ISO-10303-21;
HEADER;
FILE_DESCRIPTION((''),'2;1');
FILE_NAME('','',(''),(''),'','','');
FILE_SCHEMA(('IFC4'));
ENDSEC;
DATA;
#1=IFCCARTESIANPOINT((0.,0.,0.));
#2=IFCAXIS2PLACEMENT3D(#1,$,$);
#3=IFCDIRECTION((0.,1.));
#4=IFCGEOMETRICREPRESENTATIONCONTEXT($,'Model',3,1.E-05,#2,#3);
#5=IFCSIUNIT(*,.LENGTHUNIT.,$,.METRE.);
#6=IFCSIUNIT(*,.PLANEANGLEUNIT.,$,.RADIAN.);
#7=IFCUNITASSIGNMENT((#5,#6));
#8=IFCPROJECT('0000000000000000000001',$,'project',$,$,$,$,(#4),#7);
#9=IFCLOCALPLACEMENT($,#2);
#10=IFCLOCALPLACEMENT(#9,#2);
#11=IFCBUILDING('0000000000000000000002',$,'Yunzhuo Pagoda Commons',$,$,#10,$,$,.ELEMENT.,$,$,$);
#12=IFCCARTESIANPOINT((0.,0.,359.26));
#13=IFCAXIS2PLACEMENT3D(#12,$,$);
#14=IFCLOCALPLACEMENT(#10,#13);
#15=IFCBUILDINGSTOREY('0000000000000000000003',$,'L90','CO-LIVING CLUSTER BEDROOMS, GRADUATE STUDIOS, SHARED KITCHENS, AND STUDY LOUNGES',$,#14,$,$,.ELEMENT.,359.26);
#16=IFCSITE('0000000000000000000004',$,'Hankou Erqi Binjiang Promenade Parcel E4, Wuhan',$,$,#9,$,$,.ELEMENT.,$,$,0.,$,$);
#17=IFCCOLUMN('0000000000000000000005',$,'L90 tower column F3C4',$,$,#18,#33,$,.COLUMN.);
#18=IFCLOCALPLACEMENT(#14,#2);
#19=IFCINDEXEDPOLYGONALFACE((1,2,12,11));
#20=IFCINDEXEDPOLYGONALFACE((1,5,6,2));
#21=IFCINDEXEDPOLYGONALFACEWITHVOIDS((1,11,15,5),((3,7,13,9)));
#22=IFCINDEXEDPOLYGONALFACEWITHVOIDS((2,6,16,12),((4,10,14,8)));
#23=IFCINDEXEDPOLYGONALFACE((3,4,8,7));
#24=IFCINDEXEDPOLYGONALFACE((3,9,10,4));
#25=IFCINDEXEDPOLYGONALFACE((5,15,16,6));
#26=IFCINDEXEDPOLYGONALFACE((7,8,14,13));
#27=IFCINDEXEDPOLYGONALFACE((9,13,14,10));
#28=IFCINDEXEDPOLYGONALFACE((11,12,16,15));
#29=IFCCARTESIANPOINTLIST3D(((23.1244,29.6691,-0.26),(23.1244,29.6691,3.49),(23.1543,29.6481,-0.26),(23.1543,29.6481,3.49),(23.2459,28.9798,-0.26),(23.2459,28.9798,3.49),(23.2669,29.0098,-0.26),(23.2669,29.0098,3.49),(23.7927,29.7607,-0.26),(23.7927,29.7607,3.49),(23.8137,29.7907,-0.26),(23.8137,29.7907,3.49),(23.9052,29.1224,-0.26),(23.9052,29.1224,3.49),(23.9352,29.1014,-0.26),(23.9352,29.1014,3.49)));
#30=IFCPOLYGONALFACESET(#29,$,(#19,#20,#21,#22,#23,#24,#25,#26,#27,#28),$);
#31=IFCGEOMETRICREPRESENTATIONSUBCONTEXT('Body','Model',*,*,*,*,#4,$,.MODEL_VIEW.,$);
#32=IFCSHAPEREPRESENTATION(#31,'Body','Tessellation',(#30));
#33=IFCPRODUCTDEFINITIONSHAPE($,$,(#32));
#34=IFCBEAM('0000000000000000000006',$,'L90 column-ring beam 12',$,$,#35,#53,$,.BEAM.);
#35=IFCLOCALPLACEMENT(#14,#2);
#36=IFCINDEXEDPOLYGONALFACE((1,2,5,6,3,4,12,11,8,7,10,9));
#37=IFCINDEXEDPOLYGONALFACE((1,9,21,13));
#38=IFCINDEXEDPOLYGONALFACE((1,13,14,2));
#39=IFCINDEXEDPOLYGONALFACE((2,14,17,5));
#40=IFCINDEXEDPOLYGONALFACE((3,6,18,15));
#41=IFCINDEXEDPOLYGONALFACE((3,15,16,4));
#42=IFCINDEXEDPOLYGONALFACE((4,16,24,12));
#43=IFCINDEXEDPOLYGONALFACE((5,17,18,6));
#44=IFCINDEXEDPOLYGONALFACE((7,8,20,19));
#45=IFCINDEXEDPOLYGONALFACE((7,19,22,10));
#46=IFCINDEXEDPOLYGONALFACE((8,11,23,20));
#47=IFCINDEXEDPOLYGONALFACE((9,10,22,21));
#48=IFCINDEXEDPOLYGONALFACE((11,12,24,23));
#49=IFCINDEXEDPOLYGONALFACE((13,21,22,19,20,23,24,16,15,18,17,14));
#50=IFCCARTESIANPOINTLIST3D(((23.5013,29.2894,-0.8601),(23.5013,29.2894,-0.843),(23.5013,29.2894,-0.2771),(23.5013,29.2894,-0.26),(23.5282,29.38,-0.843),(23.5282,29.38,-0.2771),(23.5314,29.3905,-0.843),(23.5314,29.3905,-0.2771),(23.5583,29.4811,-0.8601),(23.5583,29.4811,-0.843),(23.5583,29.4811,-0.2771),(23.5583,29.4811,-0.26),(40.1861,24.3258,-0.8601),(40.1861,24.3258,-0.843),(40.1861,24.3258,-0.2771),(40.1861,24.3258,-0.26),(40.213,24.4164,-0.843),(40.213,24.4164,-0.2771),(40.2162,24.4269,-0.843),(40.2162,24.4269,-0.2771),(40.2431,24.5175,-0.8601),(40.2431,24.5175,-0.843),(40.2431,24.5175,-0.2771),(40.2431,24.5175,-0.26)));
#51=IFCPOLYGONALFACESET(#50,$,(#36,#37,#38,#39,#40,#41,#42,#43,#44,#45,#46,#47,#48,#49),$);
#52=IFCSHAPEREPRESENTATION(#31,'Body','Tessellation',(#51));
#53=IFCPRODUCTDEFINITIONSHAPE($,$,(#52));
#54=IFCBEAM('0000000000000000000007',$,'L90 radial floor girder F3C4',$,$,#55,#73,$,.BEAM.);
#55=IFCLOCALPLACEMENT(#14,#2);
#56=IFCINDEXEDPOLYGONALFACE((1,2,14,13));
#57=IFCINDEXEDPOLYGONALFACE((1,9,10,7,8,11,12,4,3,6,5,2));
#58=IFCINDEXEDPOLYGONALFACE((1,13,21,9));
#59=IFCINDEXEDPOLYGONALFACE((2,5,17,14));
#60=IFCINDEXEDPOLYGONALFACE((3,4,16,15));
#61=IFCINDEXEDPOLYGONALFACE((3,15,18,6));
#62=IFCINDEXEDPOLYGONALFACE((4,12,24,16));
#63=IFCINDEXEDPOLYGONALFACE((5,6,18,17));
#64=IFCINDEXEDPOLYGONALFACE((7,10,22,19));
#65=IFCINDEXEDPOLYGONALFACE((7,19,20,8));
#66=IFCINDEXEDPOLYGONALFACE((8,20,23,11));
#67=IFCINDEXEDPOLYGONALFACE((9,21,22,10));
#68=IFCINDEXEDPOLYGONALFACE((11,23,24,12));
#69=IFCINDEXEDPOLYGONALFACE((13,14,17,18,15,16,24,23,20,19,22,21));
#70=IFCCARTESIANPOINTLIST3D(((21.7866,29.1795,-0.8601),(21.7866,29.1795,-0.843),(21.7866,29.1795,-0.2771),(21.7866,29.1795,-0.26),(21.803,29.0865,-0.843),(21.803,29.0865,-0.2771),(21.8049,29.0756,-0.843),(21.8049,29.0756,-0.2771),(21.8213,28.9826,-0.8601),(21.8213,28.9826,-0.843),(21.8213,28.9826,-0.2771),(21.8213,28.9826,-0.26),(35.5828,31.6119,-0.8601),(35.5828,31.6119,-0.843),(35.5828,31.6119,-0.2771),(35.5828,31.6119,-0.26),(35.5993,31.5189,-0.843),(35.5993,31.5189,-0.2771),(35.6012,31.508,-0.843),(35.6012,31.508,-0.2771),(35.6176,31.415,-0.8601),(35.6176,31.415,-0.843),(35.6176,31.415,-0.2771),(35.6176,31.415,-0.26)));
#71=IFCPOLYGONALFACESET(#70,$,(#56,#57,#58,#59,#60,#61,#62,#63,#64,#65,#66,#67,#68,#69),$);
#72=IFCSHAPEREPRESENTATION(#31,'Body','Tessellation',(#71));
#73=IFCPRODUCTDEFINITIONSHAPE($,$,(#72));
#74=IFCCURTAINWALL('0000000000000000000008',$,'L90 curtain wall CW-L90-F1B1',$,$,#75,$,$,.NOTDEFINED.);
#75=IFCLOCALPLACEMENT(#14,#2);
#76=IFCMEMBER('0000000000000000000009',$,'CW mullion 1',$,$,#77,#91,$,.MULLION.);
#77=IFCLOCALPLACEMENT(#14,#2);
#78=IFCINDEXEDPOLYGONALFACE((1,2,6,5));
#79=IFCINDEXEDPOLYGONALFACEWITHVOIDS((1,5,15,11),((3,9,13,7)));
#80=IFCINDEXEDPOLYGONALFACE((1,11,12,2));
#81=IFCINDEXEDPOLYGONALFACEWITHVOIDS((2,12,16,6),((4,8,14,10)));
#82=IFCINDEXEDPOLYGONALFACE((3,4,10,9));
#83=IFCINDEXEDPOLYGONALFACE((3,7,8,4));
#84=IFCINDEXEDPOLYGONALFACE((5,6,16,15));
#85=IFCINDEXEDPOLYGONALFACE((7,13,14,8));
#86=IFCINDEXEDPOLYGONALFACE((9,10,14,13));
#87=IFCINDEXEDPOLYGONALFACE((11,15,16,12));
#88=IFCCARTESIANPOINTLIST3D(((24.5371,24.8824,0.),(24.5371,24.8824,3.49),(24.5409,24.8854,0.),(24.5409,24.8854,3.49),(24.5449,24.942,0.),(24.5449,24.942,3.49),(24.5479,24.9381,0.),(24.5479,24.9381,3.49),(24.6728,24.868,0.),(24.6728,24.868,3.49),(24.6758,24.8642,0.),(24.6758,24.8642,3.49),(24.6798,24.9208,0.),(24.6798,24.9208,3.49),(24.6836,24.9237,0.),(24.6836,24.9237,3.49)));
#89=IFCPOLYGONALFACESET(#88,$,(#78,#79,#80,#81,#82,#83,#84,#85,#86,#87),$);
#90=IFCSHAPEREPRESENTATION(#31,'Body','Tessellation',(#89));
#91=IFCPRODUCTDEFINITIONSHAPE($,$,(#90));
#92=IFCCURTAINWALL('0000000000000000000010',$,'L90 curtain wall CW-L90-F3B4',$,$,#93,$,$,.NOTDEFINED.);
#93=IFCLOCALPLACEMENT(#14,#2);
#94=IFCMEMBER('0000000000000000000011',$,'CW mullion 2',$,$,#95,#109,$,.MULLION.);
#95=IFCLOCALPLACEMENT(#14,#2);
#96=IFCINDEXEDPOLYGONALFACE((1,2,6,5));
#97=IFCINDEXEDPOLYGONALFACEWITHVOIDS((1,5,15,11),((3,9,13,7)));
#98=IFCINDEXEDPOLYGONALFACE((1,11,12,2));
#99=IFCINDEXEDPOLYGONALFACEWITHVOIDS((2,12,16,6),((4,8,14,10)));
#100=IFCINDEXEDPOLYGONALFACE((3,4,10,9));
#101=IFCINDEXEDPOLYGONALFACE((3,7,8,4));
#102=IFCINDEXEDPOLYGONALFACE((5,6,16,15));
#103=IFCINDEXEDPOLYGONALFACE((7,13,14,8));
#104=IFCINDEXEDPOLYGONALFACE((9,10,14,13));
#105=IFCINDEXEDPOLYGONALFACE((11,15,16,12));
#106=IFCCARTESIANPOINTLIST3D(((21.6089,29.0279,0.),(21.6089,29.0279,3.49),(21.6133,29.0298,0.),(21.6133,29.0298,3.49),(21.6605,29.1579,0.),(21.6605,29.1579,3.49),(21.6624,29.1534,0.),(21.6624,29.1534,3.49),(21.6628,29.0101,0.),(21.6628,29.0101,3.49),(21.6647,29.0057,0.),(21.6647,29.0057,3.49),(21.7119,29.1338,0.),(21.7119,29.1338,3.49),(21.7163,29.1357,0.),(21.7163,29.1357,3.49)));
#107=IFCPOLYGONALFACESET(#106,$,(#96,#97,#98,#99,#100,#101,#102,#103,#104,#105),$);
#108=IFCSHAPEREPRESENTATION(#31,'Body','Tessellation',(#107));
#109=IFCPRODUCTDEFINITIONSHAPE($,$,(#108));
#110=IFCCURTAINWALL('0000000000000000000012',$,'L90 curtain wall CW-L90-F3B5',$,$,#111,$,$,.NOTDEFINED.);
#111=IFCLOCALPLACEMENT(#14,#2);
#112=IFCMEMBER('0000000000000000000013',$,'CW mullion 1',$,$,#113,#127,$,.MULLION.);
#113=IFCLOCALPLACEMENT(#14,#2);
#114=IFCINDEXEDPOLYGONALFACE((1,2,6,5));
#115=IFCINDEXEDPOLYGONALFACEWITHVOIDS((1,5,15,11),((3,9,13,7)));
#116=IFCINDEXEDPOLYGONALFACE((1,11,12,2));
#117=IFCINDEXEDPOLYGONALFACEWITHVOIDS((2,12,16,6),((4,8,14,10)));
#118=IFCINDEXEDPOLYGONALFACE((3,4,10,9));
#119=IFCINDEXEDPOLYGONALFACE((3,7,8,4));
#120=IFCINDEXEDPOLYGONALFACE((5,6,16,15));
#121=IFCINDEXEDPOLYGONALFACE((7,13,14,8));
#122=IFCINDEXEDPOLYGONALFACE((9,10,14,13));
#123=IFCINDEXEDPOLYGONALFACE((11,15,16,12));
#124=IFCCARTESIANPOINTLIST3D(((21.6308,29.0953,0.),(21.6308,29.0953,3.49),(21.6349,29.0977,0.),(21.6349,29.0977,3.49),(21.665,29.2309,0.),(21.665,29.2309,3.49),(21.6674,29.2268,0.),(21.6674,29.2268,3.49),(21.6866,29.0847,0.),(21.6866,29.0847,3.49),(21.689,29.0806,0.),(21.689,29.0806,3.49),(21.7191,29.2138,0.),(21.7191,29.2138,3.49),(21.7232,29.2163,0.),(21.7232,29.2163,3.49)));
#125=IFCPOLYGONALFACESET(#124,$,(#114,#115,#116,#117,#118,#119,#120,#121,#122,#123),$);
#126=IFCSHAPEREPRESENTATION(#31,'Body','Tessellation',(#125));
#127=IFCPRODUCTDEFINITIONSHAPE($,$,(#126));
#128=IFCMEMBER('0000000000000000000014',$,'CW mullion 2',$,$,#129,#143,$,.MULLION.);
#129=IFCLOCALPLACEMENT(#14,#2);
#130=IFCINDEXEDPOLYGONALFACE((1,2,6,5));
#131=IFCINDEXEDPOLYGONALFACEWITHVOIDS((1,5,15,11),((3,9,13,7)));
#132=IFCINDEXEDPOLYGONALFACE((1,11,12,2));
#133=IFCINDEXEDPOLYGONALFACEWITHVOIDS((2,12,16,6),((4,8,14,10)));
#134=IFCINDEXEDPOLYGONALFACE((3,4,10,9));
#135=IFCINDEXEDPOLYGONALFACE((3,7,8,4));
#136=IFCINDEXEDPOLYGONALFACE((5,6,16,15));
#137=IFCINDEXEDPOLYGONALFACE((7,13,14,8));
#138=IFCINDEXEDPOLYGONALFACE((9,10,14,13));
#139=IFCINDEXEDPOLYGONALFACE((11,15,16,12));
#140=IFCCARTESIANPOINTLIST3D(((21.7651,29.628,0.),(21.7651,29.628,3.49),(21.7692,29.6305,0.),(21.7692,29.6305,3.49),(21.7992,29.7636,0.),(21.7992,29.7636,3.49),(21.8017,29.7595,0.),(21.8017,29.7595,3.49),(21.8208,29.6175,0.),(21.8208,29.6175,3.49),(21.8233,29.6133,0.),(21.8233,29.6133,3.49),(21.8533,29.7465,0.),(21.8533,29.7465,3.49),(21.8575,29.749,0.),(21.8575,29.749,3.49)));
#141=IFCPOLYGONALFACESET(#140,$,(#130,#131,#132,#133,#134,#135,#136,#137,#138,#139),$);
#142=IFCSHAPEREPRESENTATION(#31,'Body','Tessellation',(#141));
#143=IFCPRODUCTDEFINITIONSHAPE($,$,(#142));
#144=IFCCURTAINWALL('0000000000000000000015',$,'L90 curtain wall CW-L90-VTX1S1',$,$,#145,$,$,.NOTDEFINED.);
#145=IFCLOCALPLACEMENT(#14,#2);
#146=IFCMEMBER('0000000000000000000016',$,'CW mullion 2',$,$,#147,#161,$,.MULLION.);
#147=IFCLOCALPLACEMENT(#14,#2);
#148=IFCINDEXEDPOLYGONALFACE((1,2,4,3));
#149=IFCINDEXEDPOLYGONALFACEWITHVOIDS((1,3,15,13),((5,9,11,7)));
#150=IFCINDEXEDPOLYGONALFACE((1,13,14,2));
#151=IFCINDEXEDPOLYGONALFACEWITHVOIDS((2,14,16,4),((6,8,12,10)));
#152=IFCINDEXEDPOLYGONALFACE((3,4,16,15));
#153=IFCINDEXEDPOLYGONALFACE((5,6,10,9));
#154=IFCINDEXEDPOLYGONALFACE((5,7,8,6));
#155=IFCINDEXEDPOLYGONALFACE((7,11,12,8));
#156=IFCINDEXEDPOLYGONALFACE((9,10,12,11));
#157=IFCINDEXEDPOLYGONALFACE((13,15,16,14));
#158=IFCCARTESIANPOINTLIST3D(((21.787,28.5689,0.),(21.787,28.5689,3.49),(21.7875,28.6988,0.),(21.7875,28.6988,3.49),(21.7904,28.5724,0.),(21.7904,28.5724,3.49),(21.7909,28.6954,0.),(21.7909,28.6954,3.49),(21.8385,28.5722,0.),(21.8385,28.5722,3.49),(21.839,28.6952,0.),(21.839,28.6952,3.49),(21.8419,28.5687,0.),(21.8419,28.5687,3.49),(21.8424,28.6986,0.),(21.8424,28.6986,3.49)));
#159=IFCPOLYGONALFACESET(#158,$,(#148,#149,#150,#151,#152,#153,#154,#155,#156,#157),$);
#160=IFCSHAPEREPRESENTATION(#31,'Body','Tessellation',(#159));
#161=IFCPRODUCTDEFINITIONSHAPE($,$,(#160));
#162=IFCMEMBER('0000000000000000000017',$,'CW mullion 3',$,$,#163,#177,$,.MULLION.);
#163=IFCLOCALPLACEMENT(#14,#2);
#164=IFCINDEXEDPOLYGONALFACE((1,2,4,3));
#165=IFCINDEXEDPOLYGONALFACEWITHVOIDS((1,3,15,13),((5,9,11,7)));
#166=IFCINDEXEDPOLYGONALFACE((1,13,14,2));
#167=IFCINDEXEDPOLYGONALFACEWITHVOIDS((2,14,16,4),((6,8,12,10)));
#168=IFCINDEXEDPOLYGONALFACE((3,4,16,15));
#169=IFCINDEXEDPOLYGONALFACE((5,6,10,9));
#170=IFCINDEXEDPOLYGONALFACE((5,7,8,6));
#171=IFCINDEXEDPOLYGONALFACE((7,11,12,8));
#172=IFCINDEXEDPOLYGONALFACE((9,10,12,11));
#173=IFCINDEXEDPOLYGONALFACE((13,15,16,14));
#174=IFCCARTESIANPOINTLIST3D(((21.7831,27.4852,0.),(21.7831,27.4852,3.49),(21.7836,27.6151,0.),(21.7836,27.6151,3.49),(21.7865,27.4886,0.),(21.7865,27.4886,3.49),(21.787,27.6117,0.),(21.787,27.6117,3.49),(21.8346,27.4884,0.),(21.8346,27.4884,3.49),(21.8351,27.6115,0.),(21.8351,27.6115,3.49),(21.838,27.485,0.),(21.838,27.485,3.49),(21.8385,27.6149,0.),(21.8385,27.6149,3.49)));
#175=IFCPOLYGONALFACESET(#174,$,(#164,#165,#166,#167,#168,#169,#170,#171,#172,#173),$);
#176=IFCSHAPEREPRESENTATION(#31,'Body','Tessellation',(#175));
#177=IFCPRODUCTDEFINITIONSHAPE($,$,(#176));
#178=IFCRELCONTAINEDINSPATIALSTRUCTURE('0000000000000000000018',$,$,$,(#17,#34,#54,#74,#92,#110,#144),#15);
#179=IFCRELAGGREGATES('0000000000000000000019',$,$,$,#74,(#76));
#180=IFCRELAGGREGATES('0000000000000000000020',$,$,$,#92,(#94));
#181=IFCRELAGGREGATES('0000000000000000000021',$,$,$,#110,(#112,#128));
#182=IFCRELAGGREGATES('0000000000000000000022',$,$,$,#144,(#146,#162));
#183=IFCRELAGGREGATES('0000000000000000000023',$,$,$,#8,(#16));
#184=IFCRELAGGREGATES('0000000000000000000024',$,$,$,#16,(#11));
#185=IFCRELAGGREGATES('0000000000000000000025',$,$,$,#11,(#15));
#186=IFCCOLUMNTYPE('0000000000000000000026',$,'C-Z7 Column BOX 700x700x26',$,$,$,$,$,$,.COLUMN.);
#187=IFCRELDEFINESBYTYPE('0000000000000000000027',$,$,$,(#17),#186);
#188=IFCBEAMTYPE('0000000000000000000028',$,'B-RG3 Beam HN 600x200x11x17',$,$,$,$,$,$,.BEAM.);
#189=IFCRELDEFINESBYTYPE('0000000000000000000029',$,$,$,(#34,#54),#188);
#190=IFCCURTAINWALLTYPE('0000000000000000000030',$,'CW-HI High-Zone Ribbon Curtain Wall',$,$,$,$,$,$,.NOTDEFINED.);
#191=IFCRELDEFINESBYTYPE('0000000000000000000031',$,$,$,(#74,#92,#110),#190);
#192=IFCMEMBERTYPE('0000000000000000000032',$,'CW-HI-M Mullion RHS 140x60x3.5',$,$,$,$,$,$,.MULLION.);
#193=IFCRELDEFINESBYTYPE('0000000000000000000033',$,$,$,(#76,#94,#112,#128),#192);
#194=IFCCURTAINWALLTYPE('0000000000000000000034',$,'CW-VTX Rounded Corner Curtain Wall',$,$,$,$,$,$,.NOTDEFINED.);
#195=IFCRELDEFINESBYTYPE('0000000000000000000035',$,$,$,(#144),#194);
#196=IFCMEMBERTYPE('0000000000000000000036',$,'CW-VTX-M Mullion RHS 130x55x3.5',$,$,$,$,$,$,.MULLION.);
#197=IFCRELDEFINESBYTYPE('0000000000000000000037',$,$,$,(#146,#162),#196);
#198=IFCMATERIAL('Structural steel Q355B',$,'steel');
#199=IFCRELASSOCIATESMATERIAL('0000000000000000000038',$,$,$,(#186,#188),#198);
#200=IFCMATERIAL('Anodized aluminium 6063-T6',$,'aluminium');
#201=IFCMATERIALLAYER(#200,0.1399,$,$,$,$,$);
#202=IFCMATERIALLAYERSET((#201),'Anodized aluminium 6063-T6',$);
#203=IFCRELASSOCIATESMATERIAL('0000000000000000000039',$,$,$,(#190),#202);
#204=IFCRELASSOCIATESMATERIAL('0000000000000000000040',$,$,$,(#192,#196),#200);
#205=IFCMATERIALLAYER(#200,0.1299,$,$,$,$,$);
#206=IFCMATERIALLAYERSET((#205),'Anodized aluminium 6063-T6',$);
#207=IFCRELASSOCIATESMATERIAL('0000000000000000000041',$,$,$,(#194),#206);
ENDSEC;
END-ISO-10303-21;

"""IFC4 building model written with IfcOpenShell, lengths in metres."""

from ifc_helpers import new_model, si_unit, direction, frame, origin, origin_2d, place, context, subcontext, project, spatial, hollow_rectangle, i_section, extrude, source, transform, mapped, material, layer, layer_set, material_profile, profile_set, type_object, element, aggregate, save


model = new_model("IFC4")

# Units and contexts
model_context = context("Model", 3, precision=1e-05, world=origin(), true_north=direction((0.0, 1.0)))
body_context = subcontext(model_context, "Body", "Model", "MODEL_VIEW")
ifc_project = project(units=[si_unit("LENGTHUNIT", "METRE"), si_unit("PLANEANGLEUNIT", "RADIAN")], contexts=[model_context])

# Site, building, storey
site_placement = place(None, origin())
site = spatial("IfcSite", under=ifc_project, at=site_placement, Name="Hankou Erqi Binjiang Promenade Parcel E4, Wuhan", CompositionType="ELEMENT", RefElevation=0.0)
building_placement = place(site_placement, origin())
building = spatial("IfcBuilding", under=site, at=building_placement, Name="Yunzhuo Pagoda Commons", CompositionType="ELEMENT")
storey_placement = place(building_placement, frame((0.0, 0.0, 359.26)))
storey = spatial("IfcBuildingStorey", under=building, at=storey_placement, Name="L90", Description="CO-LIVING CLUSTER BEDROOMS, GRADUATE STUDIOS, SHARED KITCHENS, AND STUDY LOUNGES", CompositionType="ELEMENT", Elevation=359.26)

# Column
ifc_material_1 = material(Name="Structural steel Q355B", Category="steel")
ifc_material_profile_1 = material_profile(ifc_material_1, hollow_rectangle(XDim=0.7, YDim=0.7, WallThickness=0.0259, at=origin_2d()), Name="Structural steel Q355B")
ifc_profile_set_1 = profile_set([ifc_material_profile_1], Name="Structural steel Q355B")
column_type = type_object("IfcColumnType", Name="C-Z7 Column BOX 700x700x26", PredefinedType="COLUMN", material=ifc_profile_set_1)
shared_shape_1 = source(origin(), body_context, "Body", "SweptSolid", [
    extrude(hollow_rectangle(XDim=0.7, YDim=0.7, WallThickness=0.0259, at=origin_2d()), origin(), (0.0, 0.0, 1.0), 3.75),
])
column_placement = place(storey_placement, frame((23.5298, 29.3853, -0.26), z_axis=(0.0, 0.0, 1.0), x_axis=(0.173648, -0.984808, 0.0)))
element("IfcColumn", 1, at=column_placement, inside=storey, type_object=column_type, Name="L90 tower column F3C4", PredefinedType="COLUMN", context=body_context, shape_type="MappedRepresentation", body=[
    mapped(shared_shape_1, transform((0.0, 0.0, 0.0), scale=1.0)),
])

# Beams
ifc_material_profile_2 = material_profile(ifc_material_1, i_section(OverallWidth=0.2, OverallDepth=0.6001, WebThickness=0.011, FlangeThickness=0.0171, at=origin_2d()), Name="Structural steel Q355B")
ifc_profile_set_2 = profile_set([ifc_material_profile_2], Name="Structural steel Q355B")
beam_type = type_object("IfcBeamType", Name="B-RG3 Beam HN 600x200x11x17", PredefinedType="BEAM", material=ifc_profile_set_2)
shared_shape_2 = source(origin(), body_context, "Body", "SweptSolid", [
    extrude(i_section(OverallWidth=0.2, OverallDepth=0.6001, WebThickness=0.011, FlangeThickness=0.0171, at=origin_2d()), origin(), (0.0, 0.0, 1.0), 17.4075),
])
beam_1_placement = place(storey_placement, frame((23.5298, 29.3853, -0.5601), z_axis=(0.958485, -0.285143, 0.0), x_axis=(0.285143, 0.958485, 0.0)))
element("IfcBeam", 2, at=beam_1_placement, inside=storey, type_object=beam_type, Name="L90 column-ring beam 12", PredefinedType="BEAM", context=body_context, shape_type="MappedRepresentation", body=[
    mapped(shared_shape_2, transform((0.0, 0.0, 0.0), scale=1.0)),
])
shared_shape_3 = source(origin(), body_context, "Body", "SweptSolid", [
    extrude(i_section(OverallWidth=0.2, OverallDepth=0.6001, WebThickness=0.011, FlangeThickness=0.0171, at=origin_2d()), origin(), (0.0, 0.0, 1.0), 14.009),
])
beam_2_placement = place(storey_placement, frame((21.804, 29.0811, -0.5601), z_axis=(0.984811, 0.17363, 0.0), x_axis=(-0.17363, 0.984811, 0.0)))
element("IfcBeam", 3, at=beam_2_placement, inside=storey, type_object=beam_type, Name="L90 radial floor girder F3C4", PredefinedType="BEAM", context=body_context, shape_type="MappedRepresentation", body=[
    mapped(shared_shape_3, transform((0.0, 0.0, 0.0), scale=1.0)),
])

# Curtain walls, members
ifc_material_2 = material(Name="Anodized aluminium 6063-T6", Category="aluminium")
ifc_layer_1 = layer(ifc_material_2, 0.1399)
ifc_layer_set_1 = layer_set([ifc_layer_1], Name="Anodized aluminium 6063-T6")
curtain_wall_type_1 = type_object("IfcCurtainWallType", Name="CW-HI High-Zone Ribbon Curtain Wall", PredefinedType="NOTDEFINED", material=ifc_layer_set_1)
curtain_wall_1_placement = place(storey_placement, origin())
curtain_wall_1 = element("IfcCurtainWall", 4, at=curtain_wall_1_placement, inside=storey, type_object=curtain_wall_type_1, Name="L90 curtain wall CW-L90-F1B1", PredefinedType="NOTDEFINED")
ifc_material_profile_3 = material_profile(ifc_material_2, hollow_rectangle(XDim=0.0601, YDim=0.1399, WallThickness=0.0034, at=origin_2d()), Name="Anodized aluminium 6063-T6")
ifc_profile_set_3 = profile_set([ifc_material_profile_3], Name="Anodized aluminium 6063-T6")
member_type_1 = type_object("IfcMemberType", Name="CW-HI-M Mullion RHS 140x60x3.5", PredefinedType="MULLION", material=ifc_profile_set_3)
shared_shape_4 = source(origin(), body_context, "Body", "SweptSolid", [
    extrude(hollow_rectangle(XDim=0.0601, YDim=0.1399, WallThickness=0.0034, at=origin_2d()), origin(), (0.0, 0.0, 1.0), 3.49),
])
member_1_placement = place(storey_placement, frame((24.6104, 24.9031, 0.0), z_axis=(0.0, 0.0, 1.0), x_axis=(0.130506, 0.991448, 0.0)))
member_1 = element("IfcMember", 5, at=member_1_placement, type_object=member_type_1, Name="CW mullion 1", PredefinedType="MULLION", context=body_context, shape_type="MappedRepresentation", body=[
    mapped(shared_shape_4, transform((0.0, 0.0, 0.0), scale=1.0)),
])
aggregate(curtain_wall_1, [member_1])
curtain_wall_2_placement = place(storey_placement, origin())
curtain_wall_2 = element("IfcCurtainWall", 6, at=curtain_wall_2_placement, inside=storey, type_object=curtain_wall_type_1, Name="L90 curtain wall CW-L90-F3B4", PredefinedType="NOTDEFINED")
member_2_placement = place(storey_placement, frame((21.6626, 29.0818, 0.0), z_axis=(0.0, 0.0, 1.0), x_axis=(0.929441, -0.36897, 0.0)))
member_2 = element("IfcMember", 7, at=member_2_placement, type_object=member_type_1, Name="CW mullion 2", PredefinedType="MULLION", context=body_context, shape_type="MappedRepresentation", body=[
    mapped(shared_shape_4, transform((0.0, 0.0, 0.0), scale=1.0)),
])
aggregate(curtain_wall_2, [member_2])

# Curtain walls, members
curtain_wall_3_placement = place(storey_placement, origin())
curtain_wall_3 = element("IfcCurtainWall", 8, at=curtain_wall_3_placement, inside=storey, type_object=curtain_wall_type_1, Name="L90 curtain wall CW-L90-F3B5", PredefinedType="NOTDEFINED")
member_3_placement = place(storey_placement, frame((21.677, 29.1558, 0.0), z_axis=(0.0, 0.0, 1.0), x_axis=(-0.969716, 0.244235, 0.0)))
member_3 = element("IfcMember", 9, at=member_3_placement, type_object=member_type_1, Name="CW mullion 1", PredefinedType="MULLION", context=body_context, shape_type="MappedRepresentation", body=[
    mapped(shared_shape_4, transform((0.0, 0.0, 0.0), scale=1.0)),
])
member_4_placement = place(storey_placement, frame((21.8113, 29.6885, 0.0), z_axis=(0.0, 0.0, 1.0), x_axis=(-0.969716, 0.244235, 0.0)))
member_4 = element("IfcMember", 10, at=member_4_placement, type_object=member_type_1, Name="CW mullion 2", PredefinedType="MULLION", context=body_context, shape_type="MappedRepresentation", body=[
    mapped(shared_shape_4, transform((0.0, 0.0, 0.0), scale=1.0)),
])
ifc_layer_2 = layer(ifc_material_2, 0.1299)
ifc_layer_set_2 = layer_set([ifc_layer_2], Name="Anodized aluminium 6063-T6")
curtain_wall_type_2 = type_object("IfcCurtainWallType", Name="CW-VTX Rounded Corner Curtain Wall", PredefinedType="NOTDEFINED", material=ifc_layer_set_2)
curtain_wall_4_placement = place(storey_placement, origin())
curtain_wall_4 = element("IfcCurtainWall", 11, at=curtain_wall_4_placement, inside=storey, type_object=curtain_wall_type_2, Name="L90 curtain wall CW-L90-VTX1S1", PredefinedType="NOTDEFINED")
ifc_material_profile_4 = material_profile(ifc_material_2, hollow_rectangle(XDim=0.0549, YDim=0.1299, WallThickness=0.0034, at=origin_2d()), Name="Anodized aluminium 6063-T6")
ifc_profile_set_4 = profile_set([ifc_material_profile_4], Name="Anodized aluminium 6063-T6")
member_type_2 = type_object("IfcMemberType", Name="CW-VTX-M Mullion RHS 130x55x3.5", PredefinedType="MULLION", material=ifc_profile_set_4)
shared_shape_5 = source(origin(), body_context, "Body", "SweptSolid", [
    extrude(hollow_rectangle(XDim=0.0549, YDim=0.1299, WallThickness=0.0034, at=origin_2d()), origin(), (0.0, 0.0, 1.0), 3.49),
])
member_5_placement = place(storey_placement, frame((21.8147, 28.6338, 0.0), z_axis=(0.0, 0.0, 1.0), x_axis=(0.999994, -0.003599, 0.0)))
member_5 = element("IfcMember", 12, at=member_5_placement, type_object=member_type_2, Name="CW mullion 2", PredefinedType="MULLION", context=body_context, shape_type="MappedRepresentation", body=[
    mapped(shared_shape_5, transform((0.0, 0.0, 0.0), scale=1.0)),
])
member_6_placement = place(storey_placement, frame((21.8108, 27.55, 0.0), z_axis=(0.0, 0.0, 1.0), x_axis=(0.999994, -0.003599, 0.0)))
member_6 = element("IfcMember", 13, at=member_6_placement, type_object=member_type_2, Name="CW mullion 3", PredefinedType="MULLION", context=body_context, shape_type="MappedRepresentation", body=[
    mapped(shared_shape_5, transform((0.0, 0.0, 0.0), scale=1.0)),
])

aggregate(curtain_wall_3, [member_3, member_4])
aggregate(curtain_wall_4, [member_5, member_6])

save(model, "model.ifc")
